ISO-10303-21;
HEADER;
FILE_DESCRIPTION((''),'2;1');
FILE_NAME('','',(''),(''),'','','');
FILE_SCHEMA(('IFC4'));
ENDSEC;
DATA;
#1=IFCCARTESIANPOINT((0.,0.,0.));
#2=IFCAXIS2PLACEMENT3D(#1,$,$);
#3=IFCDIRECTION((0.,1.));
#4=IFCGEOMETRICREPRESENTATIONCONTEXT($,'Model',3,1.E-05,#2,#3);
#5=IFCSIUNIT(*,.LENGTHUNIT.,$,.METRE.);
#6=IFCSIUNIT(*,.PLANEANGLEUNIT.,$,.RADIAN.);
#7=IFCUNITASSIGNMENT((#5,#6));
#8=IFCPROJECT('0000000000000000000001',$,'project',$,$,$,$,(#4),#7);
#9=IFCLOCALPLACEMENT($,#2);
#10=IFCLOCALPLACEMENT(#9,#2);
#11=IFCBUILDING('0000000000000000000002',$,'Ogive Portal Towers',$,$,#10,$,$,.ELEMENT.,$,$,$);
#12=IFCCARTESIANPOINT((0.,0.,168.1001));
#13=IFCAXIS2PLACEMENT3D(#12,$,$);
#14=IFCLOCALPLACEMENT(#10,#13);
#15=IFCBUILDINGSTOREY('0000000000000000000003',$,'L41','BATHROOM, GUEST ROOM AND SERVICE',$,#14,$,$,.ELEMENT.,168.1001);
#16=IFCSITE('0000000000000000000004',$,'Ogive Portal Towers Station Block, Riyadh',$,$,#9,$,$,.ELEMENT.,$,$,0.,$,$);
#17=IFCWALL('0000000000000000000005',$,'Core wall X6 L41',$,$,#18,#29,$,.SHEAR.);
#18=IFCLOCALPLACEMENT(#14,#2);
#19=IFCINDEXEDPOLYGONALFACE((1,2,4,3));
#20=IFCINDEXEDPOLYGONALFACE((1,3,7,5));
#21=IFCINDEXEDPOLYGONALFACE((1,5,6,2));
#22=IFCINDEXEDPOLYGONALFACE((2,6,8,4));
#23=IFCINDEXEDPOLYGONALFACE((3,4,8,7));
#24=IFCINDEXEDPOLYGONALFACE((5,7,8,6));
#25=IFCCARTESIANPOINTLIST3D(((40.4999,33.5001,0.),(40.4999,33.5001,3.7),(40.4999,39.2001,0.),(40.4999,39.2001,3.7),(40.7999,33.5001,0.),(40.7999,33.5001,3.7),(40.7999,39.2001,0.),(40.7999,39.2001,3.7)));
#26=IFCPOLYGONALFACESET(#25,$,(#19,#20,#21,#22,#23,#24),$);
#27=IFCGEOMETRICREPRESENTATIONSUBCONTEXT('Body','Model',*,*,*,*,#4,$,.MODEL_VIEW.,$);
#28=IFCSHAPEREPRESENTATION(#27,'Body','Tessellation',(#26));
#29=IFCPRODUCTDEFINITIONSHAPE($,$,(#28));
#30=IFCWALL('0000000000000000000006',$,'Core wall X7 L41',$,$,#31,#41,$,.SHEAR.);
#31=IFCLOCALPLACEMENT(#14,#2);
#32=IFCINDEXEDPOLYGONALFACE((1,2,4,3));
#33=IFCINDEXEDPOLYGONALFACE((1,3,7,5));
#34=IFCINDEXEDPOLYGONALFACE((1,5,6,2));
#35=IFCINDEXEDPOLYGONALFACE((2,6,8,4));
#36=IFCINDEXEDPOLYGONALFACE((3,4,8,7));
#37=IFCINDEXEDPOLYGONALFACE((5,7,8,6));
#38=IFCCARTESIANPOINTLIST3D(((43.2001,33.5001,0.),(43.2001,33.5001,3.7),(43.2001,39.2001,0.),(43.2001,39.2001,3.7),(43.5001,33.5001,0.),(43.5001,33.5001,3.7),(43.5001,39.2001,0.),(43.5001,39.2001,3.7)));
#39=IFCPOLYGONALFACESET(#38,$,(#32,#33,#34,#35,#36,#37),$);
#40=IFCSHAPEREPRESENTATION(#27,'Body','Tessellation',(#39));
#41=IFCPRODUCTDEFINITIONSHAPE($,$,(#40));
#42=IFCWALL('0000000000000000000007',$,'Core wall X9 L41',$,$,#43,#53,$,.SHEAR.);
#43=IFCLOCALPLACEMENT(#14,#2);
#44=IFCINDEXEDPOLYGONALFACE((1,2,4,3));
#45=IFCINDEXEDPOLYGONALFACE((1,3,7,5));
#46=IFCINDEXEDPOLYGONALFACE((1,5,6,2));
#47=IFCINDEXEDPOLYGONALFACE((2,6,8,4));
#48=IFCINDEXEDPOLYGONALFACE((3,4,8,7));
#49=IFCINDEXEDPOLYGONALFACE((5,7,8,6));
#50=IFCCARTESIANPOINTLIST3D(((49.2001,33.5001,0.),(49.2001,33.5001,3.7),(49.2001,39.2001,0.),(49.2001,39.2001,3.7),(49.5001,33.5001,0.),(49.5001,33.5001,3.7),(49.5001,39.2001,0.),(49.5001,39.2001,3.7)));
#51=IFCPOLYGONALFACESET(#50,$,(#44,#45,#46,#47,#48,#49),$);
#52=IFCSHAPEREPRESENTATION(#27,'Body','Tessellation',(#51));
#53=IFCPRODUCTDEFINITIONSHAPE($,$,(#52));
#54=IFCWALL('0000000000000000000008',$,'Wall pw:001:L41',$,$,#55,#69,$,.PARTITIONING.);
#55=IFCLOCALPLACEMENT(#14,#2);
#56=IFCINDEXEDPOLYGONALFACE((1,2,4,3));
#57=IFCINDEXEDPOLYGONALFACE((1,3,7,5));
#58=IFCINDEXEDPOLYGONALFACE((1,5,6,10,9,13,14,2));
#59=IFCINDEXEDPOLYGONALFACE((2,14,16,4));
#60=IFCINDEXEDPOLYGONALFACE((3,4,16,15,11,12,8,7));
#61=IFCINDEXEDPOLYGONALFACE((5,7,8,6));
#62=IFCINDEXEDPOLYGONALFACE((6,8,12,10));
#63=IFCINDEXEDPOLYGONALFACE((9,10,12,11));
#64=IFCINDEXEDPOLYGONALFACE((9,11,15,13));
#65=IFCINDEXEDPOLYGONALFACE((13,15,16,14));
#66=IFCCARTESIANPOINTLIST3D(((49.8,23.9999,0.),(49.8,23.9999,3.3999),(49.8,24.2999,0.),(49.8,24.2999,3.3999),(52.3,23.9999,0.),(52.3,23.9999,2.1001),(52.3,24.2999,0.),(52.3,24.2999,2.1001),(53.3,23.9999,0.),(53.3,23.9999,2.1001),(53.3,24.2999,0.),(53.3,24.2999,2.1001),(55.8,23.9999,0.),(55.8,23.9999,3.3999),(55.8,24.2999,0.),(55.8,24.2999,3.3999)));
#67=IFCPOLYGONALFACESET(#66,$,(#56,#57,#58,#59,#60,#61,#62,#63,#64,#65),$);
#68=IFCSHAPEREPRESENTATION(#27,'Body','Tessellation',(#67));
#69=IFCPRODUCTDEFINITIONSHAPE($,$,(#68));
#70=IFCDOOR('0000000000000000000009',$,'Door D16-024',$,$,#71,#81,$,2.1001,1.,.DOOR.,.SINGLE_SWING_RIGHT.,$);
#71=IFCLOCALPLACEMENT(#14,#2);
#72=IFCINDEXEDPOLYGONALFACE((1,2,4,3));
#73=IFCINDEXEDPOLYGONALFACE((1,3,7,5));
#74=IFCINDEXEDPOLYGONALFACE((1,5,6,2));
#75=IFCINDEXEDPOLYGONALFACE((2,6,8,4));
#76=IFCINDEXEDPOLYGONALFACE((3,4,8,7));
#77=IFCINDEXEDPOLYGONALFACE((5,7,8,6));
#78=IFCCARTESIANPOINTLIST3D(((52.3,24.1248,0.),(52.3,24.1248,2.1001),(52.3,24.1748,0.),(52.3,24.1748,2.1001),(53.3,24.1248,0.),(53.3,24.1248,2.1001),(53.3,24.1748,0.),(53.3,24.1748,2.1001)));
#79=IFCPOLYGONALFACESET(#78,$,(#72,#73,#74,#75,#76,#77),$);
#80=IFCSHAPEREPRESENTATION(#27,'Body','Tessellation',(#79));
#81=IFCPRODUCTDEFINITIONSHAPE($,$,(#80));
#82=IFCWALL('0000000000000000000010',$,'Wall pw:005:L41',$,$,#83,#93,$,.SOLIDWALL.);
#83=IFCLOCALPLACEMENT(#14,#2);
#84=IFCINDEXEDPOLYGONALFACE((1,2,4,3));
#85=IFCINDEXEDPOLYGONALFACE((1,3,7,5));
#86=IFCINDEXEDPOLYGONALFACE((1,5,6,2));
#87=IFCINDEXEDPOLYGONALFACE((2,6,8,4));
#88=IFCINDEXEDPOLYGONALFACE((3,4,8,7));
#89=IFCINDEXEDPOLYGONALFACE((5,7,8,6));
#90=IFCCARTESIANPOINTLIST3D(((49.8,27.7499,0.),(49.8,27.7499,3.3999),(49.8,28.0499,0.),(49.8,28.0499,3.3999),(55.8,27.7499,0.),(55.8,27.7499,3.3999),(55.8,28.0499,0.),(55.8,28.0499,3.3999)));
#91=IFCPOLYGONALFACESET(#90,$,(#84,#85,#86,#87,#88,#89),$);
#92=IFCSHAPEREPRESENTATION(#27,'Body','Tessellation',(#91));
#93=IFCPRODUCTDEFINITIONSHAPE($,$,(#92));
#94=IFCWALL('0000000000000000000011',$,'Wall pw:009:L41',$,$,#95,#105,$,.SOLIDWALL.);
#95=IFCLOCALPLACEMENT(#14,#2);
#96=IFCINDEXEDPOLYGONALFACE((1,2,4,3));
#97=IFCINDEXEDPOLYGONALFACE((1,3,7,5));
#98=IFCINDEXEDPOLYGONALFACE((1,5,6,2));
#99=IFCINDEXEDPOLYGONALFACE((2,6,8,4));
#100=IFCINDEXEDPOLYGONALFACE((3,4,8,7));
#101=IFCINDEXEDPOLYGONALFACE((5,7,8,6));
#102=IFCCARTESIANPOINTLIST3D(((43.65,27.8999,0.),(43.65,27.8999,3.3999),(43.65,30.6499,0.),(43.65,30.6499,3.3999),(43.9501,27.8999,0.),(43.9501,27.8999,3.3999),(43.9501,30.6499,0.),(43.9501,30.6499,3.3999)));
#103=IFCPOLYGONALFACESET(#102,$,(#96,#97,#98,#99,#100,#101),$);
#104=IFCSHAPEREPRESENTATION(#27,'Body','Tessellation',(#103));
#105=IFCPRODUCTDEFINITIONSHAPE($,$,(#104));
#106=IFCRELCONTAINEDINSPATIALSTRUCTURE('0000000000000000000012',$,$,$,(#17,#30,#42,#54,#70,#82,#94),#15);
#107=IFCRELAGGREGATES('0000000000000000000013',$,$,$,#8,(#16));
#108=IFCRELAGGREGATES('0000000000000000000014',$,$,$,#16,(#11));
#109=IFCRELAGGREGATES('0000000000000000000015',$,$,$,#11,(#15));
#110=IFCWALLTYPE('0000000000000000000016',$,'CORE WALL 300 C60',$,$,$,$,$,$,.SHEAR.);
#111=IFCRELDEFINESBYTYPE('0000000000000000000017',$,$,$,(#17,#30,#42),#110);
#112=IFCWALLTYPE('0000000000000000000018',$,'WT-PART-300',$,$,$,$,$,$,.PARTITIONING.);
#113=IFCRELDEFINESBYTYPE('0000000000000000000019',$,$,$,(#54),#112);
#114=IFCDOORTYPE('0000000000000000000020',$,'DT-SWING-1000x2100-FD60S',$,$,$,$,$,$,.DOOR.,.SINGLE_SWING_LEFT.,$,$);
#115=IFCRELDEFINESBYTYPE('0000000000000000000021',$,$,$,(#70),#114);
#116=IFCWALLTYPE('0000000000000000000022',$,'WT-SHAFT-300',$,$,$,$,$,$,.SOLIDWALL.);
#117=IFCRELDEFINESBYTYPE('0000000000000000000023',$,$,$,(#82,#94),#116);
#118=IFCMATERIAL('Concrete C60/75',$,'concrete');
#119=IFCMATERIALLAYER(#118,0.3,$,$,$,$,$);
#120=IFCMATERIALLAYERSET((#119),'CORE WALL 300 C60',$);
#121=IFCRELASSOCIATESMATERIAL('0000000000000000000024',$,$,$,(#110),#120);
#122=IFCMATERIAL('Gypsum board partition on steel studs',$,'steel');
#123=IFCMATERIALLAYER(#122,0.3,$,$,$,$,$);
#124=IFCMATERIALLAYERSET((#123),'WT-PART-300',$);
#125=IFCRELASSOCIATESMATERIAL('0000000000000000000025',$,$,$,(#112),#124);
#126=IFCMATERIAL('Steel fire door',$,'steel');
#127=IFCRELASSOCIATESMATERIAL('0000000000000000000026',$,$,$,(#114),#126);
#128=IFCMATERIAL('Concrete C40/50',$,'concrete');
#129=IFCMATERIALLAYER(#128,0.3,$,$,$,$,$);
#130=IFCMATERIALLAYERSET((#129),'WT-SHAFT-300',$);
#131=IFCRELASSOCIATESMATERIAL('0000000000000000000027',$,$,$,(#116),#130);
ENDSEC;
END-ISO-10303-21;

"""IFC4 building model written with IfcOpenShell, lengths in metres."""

from ifc_helpers import new_model, si_unit, direction, frame, frame_2d, origin, place, context, subcontext, project, spatial, rectangle, extrude, material, layer, layer_set, type_object, element, fill, save


model = new_model("IFC4")

# Units and contexts
model_context = context("Model", 3, precision=1e-05, world=origin(), true_north=direction((0.0, 1.0)))
body_context = subcontext(model_context, "Body", "Model", "MODEL_VIEW")
ifc_project = project(units=[si_unit("LENGTHUNIT", "METRE"), si_unit("PLANEANGLEUNIT", "RADIAN")], contexts=[model_context])

# Site, building, storey
site_placement = place(None, origin())
site = spatial("IfcSite", under=ifc_project, at=site_placement, Name="Ogive Portal Towers Station Block, Riyadh", CompositionType="ELEMENT", RefElevation=0.0)
building_placement = place(site_placement, origin())
building = spatial("IfcBuilding", under=site, at=building_placement, Name="Ogive Portal Towers", CompositionType="ELEMENT")
storey_placement = place(building_placement, frame((0.0, 0.0, 168.1001)))
storey = spatial("IfcBuildingStorey", under=building, at=storey_placement, Name="L41", Description="BATHROOM, GUEST ROOM AND SERVICE", CompositionType="ELEMENT", Elevation=168.1001)

# Shared definitions
ifc_material_1 = material(Name="Concrete C60/75", Category="concrete")
ifc_layer_1 = layer(ifc_material_1, 0.3)
ifc_layer_set_1 = layer_set([ifc_layer_1], Name="CORE WALL 300 C60")
wall_type_1 = type_object("IfcWallType", Name="CORE WALL 300 C60", PredefinedType="SHEAR", material=ifc_layer_set_1)
ifc_material_2 = material(Name="Steel fire door", Category="steel")

# Walls
for number, where, z_axis, x_axis, name in (
    (1, (40.6499, 33.5, 0.0), (0.0, 0.0, 1.0), (0.0, 1.0, 0.0), "Core wall X6 L41"),
    (2, (43.3501, 33.5, 0.0), (0.0, 0.0, 1.0), (0.0, 1.0, 0.0), "Core wall X7 L41"),
    (3, (49.3501, 33.5, 0.0), (0.0, 0.0, 1.0), (0.0, 1.0, 0.0), "Core wall X9 L41"),
):
    element("IfcWall", number, at=place(storey_placement, frame(where, z_axis=z_axis, x_axis=x_axis)), inside=storey, type_object=wall_type_1, Name=name, PredefinedType="SHEAR", context=body_context, shape_type="SweptSolid", body=[
        extrude(rectangle(XDim=5.7, YDim=0.3, at=frame_2d((2.8501, 0.0))), origin(), (0.0, 0.0, 1.0), 3.7),
    ])

# Wall, opening, door
ifc_material_3 = material(Name="Gypsum board partition on steel studs", Category="steel")
ifc_layer_2 = layer(ifc_material_3, 0.3)
ifc_layer_set_2 = layer_set([ifc_layer_2], Name="WT-PART-300")
wall_type_2 = type_object("IfcWallType", Name="WT-PART-300", PredefinedType="PARTITIONING", material=ifc_layer_set_2)
wall_1_placement = place(storey_placement, frame((49.8, 24.1499, 0.0), z_axis=(0.0, 0.0, 1.0), x_axis=(1.0, 0.0, 0.0)))
wall_1 = element("IfcWall", 4, at=wall_1_placement, inside=storey, type_object=wall_type_2, Name="Wall pw:001:L41", PredefinedType="PARTITIONING", context=body_context, shape_type="SweptSolid", body=[
    extrude(rectangle(XDim=6.0, YDim=0.3, at=frame_2d((3.0, 0.0))), origin(), (0.0, 0.0, 1.0), 3.3999),
])
opening_1_placement = place(wall_1_placement, frame((2.5, 0.0, 0.0)))
opening_1 = element("IfcOpeningElement", 5, at=opening_1_placement, cuts=wall_1, PredefinedType="OPENING", context=body_context, shape_type="SweptSolid", body=[
    extrude(rectangle(XDim=1.0, YDim=2.1001, at=frame_2d((0.5, 1.05))), frame((0.0, 0.1602, 0.0), z_axis=(0.0, -1.0, 0.0), x_axis=(1.0, 0.0, 0.0)), (0.0, 0.0, 1.0), 0.3201),
])
door_type_1 = type_object("IfcDoorType", Name="DT-SWING-1000x2100-FD60S", OperationType="SINGLE_SWING_LEFT", PredefinedType="DOOR", material=ifc_material_2)
door_1_placement = place(opening_1_placement, origin())
door_1 = element("IfcDoor", 6, at=door_1_placement, inside=storey, type_object=door_type_1, Name="Door D16-024", OperationType="SINGLE_SWING_RIGHT", OverallHeight=2.1001, OverallWidth=1.0, PredefinedType="DOOR", context=body_context, shape_type="SweptSolid", body=[
    extrude(rectangle(XDim=1.0, YDim=2.1001, at=frame_2d((0.5, 1.05))), frame((0.0, 0.0249, 0.0), z_axis=(0.0, -1.0, 0.0), x_axis=(1.0, 0.0, 0.0)), (0.0, 0.0, 1.0), 0.05),
])
fill(opening_1, door_1)

# Shared definitions
ifc_material_4 = material(Name="Concrete C40/50", Category="concrete")
ifc_layer_3 = layer(ifc_material_4, 0.3)
ifc_layer_set_3 = layer_set([ifc_layer_3], Name="WT-SHAFT-300")
wall_type_3 = type_object("IfcWallType", Name="WT-SHAFT-300", PredefinedType="SOLIDWALL", material=ifc_layer_set_3)

# Walls
wall_2_placement = place(storey_placement, frame((49.8, 27.8999, 0.0), z_axis=(0.0, 0.0, 1.0), x_axis=(1.0, 0.0, 0.0)))
element("IfcWall", 7, at=wall_2_placement, inside=storey, type_object=wall_type_3, Name="Wall pw:005:L41", PredefinedType="SOLIDWALL", context=body_context, shape_type="SweptSolid", body=[
    extrude(rectangle(XDim=6.0, YDim=0.3, at=frame_2d((3.0, 0.0))), origin(), (0.0, 0.0, 1.0), 3.3999),
])
wall_3_placement = place(storey_placement, frame((43.8, 27.8999, 0.0), z_axis=(0.0, 0.0, 1.0), x_axis=(0.0, 1.0, 0.0)))
element("IfcWall", 8, at=wall_3_placement, inside=storey, type_object=wall_type_3, Name="Wall pw:009:L41", PredefinedType="SOLIDWALL", context=body_context, shape_type="SweptSolid", body=[
    extrude(rectangle(XDim=2.75, YDim=0.3, at=frame_2d((1.375, 0.0))), origin(), (0.0, 0.0, 1.0), 3.3999),
])

save(model, "model.ifc")
